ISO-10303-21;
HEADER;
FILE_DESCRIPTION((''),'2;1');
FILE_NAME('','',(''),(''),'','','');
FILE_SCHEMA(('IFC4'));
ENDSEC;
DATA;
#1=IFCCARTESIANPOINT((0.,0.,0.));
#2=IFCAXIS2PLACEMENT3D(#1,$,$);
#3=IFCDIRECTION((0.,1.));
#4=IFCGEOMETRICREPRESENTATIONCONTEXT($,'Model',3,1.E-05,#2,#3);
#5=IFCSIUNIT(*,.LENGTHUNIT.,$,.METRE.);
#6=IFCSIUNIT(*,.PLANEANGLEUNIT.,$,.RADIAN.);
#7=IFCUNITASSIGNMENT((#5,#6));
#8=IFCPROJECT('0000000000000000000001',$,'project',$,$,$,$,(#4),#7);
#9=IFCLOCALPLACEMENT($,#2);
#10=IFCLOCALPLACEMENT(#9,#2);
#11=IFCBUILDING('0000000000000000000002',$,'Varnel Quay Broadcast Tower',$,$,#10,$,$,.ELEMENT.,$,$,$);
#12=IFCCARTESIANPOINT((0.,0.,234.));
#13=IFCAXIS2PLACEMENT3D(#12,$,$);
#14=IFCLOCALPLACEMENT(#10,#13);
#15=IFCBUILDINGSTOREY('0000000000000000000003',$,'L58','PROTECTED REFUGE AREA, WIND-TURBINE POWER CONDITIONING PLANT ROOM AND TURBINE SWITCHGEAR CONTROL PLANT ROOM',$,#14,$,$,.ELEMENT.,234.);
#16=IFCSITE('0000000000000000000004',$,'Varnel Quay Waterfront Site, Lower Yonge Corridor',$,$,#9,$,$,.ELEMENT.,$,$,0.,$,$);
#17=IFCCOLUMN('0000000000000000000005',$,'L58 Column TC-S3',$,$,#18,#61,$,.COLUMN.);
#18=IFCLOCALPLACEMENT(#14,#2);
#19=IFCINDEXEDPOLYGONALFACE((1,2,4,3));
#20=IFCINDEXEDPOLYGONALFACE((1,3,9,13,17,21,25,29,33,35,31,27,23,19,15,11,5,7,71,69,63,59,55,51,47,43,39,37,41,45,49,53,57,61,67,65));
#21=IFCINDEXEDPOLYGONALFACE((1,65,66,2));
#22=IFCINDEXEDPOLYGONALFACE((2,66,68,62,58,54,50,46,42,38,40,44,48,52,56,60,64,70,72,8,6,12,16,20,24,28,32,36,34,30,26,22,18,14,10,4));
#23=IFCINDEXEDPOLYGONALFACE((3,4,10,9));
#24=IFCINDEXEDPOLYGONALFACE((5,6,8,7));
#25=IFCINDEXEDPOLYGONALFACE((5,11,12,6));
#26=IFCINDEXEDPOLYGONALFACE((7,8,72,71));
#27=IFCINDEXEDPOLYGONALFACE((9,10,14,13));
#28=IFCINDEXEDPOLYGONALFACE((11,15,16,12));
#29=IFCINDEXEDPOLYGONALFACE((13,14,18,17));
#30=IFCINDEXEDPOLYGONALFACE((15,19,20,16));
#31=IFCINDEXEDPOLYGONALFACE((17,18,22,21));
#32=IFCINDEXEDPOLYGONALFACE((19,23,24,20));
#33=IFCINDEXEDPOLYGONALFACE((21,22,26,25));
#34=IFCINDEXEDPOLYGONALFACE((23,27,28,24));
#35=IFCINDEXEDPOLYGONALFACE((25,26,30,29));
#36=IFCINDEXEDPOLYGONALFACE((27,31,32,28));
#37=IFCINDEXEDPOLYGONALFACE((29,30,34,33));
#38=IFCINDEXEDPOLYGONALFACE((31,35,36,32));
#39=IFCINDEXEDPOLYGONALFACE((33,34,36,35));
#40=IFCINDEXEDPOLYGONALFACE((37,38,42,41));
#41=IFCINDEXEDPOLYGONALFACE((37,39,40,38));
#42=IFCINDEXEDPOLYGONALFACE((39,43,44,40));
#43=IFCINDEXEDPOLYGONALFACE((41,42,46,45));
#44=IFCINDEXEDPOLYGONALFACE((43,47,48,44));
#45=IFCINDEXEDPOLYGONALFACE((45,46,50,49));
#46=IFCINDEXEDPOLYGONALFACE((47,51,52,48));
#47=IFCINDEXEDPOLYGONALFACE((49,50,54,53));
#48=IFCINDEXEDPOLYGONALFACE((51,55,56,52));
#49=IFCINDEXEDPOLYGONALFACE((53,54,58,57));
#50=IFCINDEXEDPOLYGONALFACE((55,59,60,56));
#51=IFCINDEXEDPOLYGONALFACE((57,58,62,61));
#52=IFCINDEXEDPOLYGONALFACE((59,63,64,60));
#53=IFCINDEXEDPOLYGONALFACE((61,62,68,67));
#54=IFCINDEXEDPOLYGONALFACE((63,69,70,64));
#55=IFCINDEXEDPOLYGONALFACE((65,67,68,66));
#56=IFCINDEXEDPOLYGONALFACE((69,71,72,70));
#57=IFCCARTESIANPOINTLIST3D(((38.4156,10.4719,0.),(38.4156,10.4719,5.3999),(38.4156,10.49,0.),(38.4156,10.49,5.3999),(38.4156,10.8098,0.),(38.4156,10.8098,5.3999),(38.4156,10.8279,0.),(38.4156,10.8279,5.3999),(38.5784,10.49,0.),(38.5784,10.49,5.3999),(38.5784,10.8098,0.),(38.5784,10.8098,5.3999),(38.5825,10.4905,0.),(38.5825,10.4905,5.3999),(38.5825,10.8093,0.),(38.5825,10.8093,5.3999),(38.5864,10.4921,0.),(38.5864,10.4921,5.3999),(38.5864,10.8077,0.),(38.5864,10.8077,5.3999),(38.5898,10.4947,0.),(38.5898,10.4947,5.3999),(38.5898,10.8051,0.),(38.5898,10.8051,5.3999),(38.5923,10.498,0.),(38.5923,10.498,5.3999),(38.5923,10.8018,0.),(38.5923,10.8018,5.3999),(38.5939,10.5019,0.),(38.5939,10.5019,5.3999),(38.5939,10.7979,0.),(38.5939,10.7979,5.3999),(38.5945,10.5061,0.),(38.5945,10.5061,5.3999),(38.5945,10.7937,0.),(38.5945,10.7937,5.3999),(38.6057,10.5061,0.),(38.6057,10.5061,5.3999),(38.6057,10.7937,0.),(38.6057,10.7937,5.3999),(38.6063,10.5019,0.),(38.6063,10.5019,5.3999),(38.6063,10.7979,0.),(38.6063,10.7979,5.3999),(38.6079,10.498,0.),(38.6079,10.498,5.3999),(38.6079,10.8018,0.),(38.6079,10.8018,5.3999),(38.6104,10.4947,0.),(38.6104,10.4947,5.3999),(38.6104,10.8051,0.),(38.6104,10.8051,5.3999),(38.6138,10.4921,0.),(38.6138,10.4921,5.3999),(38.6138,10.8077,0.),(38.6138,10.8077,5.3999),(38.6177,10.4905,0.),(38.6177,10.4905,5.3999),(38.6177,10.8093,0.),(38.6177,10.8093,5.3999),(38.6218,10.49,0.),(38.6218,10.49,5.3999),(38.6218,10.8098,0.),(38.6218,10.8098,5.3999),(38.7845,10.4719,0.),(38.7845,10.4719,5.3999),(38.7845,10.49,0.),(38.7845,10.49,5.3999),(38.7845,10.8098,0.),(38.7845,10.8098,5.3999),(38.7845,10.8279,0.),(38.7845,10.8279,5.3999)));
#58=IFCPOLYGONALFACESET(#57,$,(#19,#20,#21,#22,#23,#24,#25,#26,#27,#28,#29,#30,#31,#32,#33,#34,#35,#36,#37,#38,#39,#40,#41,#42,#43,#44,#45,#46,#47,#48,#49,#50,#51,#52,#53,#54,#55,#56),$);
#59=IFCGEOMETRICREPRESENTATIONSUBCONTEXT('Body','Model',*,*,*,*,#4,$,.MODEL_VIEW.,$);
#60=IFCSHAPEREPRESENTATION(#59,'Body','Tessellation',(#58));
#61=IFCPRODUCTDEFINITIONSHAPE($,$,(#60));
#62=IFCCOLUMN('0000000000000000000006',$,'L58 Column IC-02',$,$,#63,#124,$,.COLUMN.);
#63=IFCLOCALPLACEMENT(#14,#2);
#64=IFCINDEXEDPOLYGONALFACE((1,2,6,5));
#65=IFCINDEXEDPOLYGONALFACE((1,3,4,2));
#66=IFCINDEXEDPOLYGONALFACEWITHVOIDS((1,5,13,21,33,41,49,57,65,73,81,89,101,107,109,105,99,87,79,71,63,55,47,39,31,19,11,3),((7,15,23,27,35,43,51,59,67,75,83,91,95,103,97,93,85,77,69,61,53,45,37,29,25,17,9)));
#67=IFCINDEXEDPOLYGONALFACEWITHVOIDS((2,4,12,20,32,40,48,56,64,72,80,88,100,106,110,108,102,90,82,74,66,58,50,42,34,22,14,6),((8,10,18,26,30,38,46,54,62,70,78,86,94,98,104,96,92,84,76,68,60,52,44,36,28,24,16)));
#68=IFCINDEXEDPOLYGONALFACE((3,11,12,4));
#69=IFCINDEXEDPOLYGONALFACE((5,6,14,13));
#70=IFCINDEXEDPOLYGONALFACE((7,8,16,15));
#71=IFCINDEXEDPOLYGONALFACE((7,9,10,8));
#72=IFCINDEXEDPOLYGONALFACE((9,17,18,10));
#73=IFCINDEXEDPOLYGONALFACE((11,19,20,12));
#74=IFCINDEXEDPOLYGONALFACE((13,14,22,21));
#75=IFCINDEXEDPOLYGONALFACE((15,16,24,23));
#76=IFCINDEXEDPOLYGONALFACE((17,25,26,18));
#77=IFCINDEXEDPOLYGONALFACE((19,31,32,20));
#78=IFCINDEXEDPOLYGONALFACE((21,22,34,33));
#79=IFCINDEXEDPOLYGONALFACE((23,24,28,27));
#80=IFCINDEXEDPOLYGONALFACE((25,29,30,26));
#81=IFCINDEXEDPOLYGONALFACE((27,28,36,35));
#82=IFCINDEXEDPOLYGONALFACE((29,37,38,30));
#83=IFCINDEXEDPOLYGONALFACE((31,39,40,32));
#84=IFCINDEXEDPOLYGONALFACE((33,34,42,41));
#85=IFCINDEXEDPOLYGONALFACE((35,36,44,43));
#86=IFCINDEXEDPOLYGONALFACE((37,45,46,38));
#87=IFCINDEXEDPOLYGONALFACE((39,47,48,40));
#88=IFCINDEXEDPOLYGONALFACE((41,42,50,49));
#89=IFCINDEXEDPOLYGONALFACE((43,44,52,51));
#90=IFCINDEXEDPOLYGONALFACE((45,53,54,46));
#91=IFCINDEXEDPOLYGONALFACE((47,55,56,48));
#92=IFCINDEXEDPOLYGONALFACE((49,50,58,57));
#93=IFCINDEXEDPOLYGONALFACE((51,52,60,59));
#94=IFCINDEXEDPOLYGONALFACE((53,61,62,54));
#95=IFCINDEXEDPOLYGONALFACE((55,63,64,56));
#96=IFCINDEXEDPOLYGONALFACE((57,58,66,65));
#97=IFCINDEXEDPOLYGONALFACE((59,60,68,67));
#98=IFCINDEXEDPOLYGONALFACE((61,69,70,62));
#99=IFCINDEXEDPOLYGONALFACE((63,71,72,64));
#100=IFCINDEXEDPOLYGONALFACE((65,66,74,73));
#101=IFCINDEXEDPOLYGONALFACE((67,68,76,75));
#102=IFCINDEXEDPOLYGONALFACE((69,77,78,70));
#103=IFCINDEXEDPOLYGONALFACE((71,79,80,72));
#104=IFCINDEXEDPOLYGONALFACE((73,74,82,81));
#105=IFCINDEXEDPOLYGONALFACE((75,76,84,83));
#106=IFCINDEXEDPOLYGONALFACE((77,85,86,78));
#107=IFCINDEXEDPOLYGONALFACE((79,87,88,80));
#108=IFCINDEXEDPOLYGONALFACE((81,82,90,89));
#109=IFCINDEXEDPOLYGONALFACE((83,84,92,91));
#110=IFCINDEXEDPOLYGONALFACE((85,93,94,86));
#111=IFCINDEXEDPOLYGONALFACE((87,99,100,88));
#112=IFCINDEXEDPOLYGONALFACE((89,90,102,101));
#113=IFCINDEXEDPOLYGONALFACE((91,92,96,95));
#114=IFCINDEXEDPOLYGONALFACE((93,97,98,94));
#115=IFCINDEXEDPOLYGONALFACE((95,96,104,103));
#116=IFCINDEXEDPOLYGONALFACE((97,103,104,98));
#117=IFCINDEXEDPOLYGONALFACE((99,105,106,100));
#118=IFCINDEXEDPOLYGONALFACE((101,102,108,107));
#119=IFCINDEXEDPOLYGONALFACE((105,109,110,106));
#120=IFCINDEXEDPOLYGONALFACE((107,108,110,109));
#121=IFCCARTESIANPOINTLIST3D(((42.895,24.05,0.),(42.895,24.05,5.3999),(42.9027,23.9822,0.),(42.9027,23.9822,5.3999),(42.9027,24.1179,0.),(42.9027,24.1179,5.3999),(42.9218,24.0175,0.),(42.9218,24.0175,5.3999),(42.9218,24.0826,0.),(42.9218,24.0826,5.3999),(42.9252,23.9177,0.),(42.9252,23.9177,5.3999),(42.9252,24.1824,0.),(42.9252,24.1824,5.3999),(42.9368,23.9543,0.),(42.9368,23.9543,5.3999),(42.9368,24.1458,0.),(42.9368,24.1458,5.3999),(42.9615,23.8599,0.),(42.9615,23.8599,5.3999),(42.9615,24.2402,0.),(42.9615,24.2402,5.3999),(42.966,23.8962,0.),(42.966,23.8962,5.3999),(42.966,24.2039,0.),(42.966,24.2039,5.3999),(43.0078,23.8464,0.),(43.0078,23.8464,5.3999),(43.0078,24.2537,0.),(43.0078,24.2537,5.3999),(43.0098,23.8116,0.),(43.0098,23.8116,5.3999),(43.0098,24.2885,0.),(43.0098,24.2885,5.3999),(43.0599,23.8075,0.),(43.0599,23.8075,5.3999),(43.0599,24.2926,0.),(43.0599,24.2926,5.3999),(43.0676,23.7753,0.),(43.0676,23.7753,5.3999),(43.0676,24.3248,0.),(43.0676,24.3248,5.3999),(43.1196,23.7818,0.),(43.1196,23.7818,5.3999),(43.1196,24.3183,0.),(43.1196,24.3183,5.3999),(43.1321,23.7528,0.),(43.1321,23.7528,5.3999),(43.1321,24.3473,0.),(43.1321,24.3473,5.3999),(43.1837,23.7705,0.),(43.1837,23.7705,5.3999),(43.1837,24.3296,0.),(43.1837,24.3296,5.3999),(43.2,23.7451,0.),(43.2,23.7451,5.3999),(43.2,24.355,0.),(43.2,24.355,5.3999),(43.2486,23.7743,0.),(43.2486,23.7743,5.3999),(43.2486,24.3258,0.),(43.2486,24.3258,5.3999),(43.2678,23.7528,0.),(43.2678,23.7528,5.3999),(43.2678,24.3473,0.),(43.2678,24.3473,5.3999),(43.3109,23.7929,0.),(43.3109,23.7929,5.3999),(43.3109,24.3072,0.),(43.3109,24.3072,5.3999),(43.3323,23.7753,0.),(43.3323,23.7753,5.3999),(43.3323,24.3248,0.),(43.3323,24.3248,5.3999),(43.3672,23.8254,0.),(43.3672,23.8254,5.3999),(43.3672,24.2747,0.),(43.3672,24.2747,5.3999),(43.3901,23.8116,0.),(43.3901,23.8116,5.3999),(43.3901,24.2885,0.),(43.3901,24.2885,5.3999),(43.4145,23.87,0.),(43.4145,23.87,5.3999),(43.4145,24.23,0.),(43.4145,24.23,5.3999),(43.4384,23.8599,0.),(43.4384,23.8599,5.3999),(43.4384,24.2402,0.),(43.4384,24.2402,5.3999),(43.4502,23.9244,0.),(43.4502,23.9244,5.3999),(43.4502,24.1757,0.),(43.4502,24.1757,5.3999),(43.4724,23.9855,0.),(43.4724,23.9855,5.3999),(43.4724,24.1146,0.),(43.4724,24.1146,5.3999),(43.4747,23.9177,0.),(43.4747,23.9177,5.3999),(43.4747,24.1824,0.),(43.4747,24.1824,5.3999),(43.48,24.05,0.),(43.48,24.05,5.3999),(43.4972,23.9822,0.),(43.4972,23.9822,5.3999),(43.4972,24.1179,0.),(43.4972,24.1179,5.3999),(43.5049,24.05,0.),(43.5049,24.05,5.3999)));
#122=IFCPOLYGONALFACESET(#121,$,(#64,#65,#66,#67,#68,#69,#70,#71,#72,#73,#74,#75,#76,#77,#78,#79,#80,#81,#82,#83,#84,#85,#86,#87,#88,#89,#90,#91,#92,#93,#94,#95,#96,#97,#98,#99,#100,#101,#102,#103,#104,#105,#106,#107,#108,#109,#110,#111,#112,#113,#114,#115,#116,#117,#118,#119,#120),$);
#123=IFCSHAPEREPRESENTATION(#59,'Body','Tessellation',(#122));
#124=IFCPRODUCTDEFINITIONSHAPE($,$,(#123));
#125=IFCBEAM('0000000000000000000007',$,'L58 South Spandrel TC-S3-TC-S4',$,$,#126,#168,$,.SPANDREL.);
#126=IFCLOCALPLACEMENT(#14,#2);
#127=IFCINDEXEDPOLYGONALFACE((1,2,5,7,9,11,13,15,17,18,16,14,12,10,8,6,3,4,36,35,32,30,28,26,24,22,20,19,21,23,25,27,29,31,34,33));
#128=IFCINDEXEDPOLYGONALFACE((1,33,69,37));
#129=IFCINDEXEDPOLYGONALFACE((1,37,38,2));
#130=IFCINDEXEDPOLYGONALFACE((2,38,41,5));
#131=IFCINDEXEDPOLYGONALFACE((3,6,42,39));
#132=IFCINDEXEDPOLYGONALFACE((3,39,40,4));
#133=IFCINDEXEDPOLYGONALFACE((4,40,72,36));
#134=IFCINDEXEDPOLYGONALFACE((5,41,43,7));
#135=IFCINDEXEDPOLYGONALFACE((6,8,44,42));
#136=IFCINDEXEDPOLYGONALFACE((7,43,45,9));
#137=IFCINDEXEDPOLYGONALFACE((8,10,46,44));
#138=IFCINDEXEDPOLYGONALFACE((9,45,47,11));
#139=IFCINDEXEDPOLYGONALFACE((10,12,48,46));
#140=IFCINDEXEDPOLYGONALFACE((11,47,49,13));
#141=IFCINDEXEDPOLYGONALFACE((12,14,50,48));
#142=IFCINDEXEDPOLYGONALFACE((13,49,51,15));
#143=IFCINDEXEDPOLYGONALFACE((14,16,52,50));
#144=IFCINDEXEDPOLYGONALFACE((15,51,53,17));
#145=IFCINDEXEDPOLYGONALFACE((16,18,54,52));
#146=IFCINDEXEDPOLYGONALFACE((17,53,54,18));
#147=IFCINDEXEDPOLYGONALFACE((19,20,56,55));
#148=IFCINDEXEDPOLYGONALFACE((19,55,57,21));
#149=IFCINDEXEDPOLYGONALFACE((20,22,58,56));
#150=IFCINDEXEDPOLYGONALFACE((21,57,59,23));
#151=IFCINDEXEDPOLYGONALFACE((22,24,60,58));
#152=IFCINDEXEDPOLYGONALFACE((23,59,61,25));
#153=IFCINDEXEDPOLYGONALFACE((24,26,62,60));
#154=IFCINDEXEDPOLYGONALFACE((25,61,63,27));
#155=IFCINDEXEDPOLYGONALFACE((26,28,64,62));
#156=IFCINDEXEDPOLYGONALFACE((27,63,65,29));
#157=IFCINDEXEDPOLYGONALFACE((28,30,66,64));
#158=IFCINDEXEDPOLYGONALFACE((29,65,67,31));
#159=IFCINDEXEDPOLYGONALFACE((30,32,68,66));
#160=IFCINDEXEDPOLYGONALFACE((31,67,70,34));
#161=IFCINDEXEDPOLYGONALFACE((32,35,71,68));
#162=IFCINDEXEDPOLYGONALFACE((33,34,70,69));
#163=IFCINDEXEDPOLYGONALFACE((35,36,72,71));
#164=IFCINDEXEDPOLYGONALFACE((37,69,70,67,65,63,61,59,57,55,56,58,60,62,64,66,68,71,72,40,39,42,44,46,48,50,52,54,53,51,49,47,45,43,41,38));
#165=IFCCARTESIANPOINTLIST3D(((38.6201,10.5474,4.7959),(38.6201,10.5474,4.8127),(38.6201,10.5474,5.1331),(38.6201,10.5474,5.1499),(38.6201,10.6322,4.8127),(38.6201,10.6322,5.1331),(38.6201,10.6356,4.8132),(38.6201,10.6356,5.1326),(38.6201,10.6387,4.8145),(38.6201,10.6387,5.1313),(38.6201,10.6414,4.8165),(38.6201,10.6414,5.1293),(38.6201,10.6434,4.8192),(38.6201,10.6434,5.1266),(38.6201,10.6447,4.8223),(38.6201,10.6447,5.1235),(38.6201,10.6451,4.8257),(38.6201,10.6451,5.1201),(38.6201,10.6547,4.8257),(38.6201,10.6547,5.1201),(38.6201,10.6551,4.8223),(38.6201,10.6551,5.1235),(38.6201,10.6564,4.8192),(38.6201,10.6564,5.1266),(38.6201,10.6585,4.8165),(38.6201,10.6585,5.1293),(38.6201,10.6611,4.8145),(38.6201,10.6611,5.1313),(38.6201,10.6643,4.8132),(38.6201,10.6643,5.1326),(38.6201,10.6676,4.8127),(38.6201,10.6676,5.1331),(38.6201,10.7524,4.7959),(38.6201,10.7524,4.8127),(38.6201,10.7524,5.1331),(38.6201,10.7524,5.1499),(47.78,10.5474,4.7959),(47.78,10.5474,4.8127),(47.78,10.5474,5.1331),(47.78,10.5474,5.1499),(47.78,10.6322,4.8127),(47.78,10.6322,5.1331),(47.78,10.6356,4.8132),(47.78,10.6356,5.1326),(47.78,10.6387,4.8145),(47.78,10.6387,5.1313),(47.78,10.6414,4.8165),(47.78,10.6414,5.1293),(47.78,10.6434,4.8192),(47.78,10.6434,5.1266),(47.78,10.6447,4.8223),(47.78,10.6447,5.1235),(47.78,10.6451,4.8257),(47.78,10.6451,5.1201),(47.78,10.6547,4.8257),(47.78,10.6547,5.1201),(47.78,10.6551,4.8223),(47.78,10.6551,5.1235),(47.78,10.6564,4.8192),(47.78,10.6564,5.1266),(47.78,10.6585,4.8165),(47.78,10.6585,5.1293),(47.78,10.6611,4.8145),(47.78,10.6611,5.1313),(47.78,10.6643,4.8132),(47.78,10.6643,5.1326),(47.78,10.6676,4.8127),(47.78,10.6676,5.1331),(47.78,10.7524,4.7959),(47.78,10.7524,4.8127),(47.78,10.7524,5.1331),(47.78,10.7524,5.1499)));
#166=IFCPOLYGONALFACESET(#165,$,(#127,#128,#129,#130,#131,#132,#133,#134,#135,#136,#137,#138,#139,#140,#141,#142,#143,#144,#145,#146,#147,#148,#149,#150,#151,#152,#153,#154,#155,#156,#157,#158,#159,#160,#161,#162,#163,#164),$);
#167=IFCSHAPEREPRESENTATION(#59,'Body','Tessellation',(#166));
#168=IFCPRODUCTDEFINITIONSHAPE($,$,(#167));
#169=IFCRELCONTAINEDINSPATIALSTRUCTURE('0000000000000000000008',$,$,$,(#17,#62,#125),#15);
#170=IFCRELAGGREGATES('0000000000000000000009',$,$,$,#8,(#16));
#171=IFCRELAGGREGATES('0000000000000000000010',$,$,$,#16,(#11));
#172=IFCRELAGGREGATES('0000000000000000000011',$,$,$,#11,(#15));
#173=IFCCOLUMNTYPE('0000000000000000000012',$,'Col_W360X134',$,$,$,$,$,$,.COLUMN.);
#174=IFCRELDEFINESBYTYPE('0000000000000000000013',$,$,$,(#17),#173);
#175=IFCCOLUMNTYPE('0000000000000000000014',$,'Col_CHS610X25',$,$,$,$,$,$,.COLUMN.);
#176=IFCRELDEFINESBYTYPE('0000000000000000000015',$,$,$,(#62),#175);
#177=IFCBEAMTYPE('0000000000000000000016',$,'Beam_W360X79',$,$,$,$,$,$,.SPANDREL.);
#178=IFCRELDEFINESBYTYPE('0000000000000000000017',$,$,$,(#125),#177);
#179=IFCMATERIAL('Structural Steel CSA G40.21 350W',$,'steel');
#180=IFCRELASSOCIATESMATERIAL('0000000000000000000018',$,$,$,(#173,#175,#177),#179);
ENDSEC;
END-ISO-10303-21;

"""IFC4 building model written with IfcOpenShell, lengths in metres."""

from ifc_helpers import new_model, si_unit, direction, frame, origin, origin_2d, place, context, subcontext, project, spatial, hollow_circle, i_section, extrude, source, transform, mapped, material, material_profile, profile_set, type_object, type_shapes, element, save


model = new_model("IFC4")

# Units and contexts
model_context = context("Model", 3, precision=1e-05, world=origin(), true_north=direction((0.0, 1.0)))
body_context = subcontext(model_context, "Body", "Model", "MODEL_VIEW")
ifc_project = project(units=[si_unit("LENGTHUNIT", "METRE"), si_unit("PLANEANGLEUNIT", "RADIAN")], contexts=[model_context])

# Site, building, storey
site_placement = place(None, origin())
site = spatial("IfcSite", under=ifc_project, at=site_placement, Name="Varnel Quay Waterfront Site, Lower Yonge Corridor", CompositionType="ELEMENT", RefElevation=0.0)
building_placement = place(site_placement, origin())
building = spatial("IfcBuilding", under=site, at=building_placement, Name="Varnel Quay Broadcast Tower", CompositionType="ELEMENT")
storey_placement = place(building_placement, frame((0.0, 0.0, 234.0)))
storey = spatial("IfcBuildingStorey", under=building, at=storey_placement, Name="L58", Description="PROTECTED REFUGE AREA, WIND-TURBINE POWER CONDITIONING PLANT ROOM AND TURBINE SWITCHGEAR CONTROL PLANT ROOM", CompositionType="ELEMENT", Elevation=234.0)

# Columns
ifc_material_1 = material(Name="Structural Steel CSA G40.21 350W", Category="steel")
ifc_material_profile_1 = material_profile(ifc_material_1, i_section(OverallWidth=0.3689, OverallDepth=0.356, WebThickness=0.0112, FlangeThickness=0.0181, FilletRadius=0.0161, at=origin_2d()), Name="W360X134")
ifc_profile_set_1 = profile_set([ifc_material_profile_1], Name="Structural Steel CSA G40.21 350W")
column_type_1 = type_object("IfcColumnType", Name="Col_W360X134", PredefinedType="COLUMN", material=ifc_profile_set_1)
shared_shape_1 = source(origin(), body_context, "Body", "SweptSolid", [
    extrude(i_section(OverallWidth=0.3689, OverallDepth=0.356, WebThickness=0.0112, FlangeThickness=0.0181, FilletRadius=0.0161, at=origin_2d()), origin(), (0.0, 0.0, 1.0), 5.3999),
])
type_shapes(column_type_1, [shared_shape_1])
column_1_placement = place(storey_placement, frame((38.6001, 10.6499, 0.0), z_axis=(0.0, 0.0, 1.0), x_axis=(1.0, 0.0, 0.0)))
element("IfcColumn", 1, at=column_1_placement, inside=storey, type_object=column_type_1, Name="L58 Column TC-S3", PredefinedType="COLUMN", context=body_context, shape_type="MappedRepresentation", body=[
    mapped(shared_shape_1, transform((0.0, 0.0, 0.0), x_axis=(1.0, 0.0, 0.0), y_axis=(0.0, 1.0, 0.0), z_axis=(0.0, 0.0, 1.0), scale=1.0)),
])
ifc_material_profile_2 = material_profile(ifc_material_1, hollow_circle(Radius=0.3049, WallThickness=0.0249, at=origin_2d()), Name="CHS610X25")
ifc_profile_set_2 = profile_set([ifc_material_profile_2], Name="Structural Steel CSA G40.21 350W")
column_type_2 = type_object("IfcColumnType", Name="Col_CHS610X25", PredefinedType="COLUMN", material=ifc_profile_set_2)
shared_shape_2 = source(origin(), body_context, "Body", "SweptSolid", [
    extrude(hollow_circle(Radius=0.3049, WallThickness=0.0249, at=origin_2d()), origin(), (0.0, 0.0, 1.0), 5.3999),
])
type_shapes(column_type_2, [shared_shape_2])
column_2_placement = place(storey_placement, frame((43.2, 24.05, 0.0), z_axis=(0.0, 0.0, 1.0), x_axis=(1.0, 0.0, 0.0)))
element("IfcColumn", 2, at=column_2_placement, inside=storey, type_object=column_type_2, Name="L58 Column IC-02", PredefinedType="COLUMN", context=body_context, shape_type="MappedRepresentation", body=[
    mapped(shared_shape_2, transform((0.0, 0.0, 0.0), x_axis=(1.0, 0.0, 0.0), y_axis=(0.0, 1.0, 0.0), z_axis=(0.0, 0.0, 1.0), scale=1.0)),
])

# Beam
ifc_material_profile_3 = material_profile(ifc_material_1, i_section(OverallWidth=0.2051, OverallDepth=0.354, WebThickness=0.0095, FlangeThickness=0.0168, FilletRadius=0.0129, at=origin_2d()), Name="W360X79")
ifc_profile_set_3 = profile_set([ifc_material_profile_3], Name="Structural Steel CSA G40.21 350W")
beam_type_1 = type_object("IfcBeamType", Name="Beam_W360X79", PredefinedType="SPANDREL", material=ifc_profile_set_3)
shared_shape_3 = source(origin(), body_context, "Body", "SweptSolid", [
    extrude(i_section(OverallWidth=0.2051, OverallDepth=0.354, WebThickness=0.0095, FlangeThickness=0.0168, FilletRadius=0.0129, at=origin_2d()), origin(), (0.0, 0.0, 1.0), 9.1599),
])
type_shapes(beam_type_1, [shared_shape_3])
beam_1_placement = place(storey_placement, frame((38.6201, 10.6499, 4.9729), z_axis=(1.0, 0.0, 0.0), x_axis=(0.0, 1.0, 0.0)))
element("IfcBeam", 3, at=beam_1_placement, inside=storey, type_object=beam_type_1, Name="L58 South Spandrel TC-S3-TC-S4", PredefinedType="SPANDREL", context=body_context, shape_type="MappedRepresentation", body=[
    mapped(shared_shape_3, transform((0.0, 0.0, 0.0), x_axis=(1.0, 0.0, 0.0), y_axis=(0.0, 1.0, 0.0), z_axis=(0.0, 0.0, 1.0), scale=1.0)),
])

save(model, "model.ifc")
